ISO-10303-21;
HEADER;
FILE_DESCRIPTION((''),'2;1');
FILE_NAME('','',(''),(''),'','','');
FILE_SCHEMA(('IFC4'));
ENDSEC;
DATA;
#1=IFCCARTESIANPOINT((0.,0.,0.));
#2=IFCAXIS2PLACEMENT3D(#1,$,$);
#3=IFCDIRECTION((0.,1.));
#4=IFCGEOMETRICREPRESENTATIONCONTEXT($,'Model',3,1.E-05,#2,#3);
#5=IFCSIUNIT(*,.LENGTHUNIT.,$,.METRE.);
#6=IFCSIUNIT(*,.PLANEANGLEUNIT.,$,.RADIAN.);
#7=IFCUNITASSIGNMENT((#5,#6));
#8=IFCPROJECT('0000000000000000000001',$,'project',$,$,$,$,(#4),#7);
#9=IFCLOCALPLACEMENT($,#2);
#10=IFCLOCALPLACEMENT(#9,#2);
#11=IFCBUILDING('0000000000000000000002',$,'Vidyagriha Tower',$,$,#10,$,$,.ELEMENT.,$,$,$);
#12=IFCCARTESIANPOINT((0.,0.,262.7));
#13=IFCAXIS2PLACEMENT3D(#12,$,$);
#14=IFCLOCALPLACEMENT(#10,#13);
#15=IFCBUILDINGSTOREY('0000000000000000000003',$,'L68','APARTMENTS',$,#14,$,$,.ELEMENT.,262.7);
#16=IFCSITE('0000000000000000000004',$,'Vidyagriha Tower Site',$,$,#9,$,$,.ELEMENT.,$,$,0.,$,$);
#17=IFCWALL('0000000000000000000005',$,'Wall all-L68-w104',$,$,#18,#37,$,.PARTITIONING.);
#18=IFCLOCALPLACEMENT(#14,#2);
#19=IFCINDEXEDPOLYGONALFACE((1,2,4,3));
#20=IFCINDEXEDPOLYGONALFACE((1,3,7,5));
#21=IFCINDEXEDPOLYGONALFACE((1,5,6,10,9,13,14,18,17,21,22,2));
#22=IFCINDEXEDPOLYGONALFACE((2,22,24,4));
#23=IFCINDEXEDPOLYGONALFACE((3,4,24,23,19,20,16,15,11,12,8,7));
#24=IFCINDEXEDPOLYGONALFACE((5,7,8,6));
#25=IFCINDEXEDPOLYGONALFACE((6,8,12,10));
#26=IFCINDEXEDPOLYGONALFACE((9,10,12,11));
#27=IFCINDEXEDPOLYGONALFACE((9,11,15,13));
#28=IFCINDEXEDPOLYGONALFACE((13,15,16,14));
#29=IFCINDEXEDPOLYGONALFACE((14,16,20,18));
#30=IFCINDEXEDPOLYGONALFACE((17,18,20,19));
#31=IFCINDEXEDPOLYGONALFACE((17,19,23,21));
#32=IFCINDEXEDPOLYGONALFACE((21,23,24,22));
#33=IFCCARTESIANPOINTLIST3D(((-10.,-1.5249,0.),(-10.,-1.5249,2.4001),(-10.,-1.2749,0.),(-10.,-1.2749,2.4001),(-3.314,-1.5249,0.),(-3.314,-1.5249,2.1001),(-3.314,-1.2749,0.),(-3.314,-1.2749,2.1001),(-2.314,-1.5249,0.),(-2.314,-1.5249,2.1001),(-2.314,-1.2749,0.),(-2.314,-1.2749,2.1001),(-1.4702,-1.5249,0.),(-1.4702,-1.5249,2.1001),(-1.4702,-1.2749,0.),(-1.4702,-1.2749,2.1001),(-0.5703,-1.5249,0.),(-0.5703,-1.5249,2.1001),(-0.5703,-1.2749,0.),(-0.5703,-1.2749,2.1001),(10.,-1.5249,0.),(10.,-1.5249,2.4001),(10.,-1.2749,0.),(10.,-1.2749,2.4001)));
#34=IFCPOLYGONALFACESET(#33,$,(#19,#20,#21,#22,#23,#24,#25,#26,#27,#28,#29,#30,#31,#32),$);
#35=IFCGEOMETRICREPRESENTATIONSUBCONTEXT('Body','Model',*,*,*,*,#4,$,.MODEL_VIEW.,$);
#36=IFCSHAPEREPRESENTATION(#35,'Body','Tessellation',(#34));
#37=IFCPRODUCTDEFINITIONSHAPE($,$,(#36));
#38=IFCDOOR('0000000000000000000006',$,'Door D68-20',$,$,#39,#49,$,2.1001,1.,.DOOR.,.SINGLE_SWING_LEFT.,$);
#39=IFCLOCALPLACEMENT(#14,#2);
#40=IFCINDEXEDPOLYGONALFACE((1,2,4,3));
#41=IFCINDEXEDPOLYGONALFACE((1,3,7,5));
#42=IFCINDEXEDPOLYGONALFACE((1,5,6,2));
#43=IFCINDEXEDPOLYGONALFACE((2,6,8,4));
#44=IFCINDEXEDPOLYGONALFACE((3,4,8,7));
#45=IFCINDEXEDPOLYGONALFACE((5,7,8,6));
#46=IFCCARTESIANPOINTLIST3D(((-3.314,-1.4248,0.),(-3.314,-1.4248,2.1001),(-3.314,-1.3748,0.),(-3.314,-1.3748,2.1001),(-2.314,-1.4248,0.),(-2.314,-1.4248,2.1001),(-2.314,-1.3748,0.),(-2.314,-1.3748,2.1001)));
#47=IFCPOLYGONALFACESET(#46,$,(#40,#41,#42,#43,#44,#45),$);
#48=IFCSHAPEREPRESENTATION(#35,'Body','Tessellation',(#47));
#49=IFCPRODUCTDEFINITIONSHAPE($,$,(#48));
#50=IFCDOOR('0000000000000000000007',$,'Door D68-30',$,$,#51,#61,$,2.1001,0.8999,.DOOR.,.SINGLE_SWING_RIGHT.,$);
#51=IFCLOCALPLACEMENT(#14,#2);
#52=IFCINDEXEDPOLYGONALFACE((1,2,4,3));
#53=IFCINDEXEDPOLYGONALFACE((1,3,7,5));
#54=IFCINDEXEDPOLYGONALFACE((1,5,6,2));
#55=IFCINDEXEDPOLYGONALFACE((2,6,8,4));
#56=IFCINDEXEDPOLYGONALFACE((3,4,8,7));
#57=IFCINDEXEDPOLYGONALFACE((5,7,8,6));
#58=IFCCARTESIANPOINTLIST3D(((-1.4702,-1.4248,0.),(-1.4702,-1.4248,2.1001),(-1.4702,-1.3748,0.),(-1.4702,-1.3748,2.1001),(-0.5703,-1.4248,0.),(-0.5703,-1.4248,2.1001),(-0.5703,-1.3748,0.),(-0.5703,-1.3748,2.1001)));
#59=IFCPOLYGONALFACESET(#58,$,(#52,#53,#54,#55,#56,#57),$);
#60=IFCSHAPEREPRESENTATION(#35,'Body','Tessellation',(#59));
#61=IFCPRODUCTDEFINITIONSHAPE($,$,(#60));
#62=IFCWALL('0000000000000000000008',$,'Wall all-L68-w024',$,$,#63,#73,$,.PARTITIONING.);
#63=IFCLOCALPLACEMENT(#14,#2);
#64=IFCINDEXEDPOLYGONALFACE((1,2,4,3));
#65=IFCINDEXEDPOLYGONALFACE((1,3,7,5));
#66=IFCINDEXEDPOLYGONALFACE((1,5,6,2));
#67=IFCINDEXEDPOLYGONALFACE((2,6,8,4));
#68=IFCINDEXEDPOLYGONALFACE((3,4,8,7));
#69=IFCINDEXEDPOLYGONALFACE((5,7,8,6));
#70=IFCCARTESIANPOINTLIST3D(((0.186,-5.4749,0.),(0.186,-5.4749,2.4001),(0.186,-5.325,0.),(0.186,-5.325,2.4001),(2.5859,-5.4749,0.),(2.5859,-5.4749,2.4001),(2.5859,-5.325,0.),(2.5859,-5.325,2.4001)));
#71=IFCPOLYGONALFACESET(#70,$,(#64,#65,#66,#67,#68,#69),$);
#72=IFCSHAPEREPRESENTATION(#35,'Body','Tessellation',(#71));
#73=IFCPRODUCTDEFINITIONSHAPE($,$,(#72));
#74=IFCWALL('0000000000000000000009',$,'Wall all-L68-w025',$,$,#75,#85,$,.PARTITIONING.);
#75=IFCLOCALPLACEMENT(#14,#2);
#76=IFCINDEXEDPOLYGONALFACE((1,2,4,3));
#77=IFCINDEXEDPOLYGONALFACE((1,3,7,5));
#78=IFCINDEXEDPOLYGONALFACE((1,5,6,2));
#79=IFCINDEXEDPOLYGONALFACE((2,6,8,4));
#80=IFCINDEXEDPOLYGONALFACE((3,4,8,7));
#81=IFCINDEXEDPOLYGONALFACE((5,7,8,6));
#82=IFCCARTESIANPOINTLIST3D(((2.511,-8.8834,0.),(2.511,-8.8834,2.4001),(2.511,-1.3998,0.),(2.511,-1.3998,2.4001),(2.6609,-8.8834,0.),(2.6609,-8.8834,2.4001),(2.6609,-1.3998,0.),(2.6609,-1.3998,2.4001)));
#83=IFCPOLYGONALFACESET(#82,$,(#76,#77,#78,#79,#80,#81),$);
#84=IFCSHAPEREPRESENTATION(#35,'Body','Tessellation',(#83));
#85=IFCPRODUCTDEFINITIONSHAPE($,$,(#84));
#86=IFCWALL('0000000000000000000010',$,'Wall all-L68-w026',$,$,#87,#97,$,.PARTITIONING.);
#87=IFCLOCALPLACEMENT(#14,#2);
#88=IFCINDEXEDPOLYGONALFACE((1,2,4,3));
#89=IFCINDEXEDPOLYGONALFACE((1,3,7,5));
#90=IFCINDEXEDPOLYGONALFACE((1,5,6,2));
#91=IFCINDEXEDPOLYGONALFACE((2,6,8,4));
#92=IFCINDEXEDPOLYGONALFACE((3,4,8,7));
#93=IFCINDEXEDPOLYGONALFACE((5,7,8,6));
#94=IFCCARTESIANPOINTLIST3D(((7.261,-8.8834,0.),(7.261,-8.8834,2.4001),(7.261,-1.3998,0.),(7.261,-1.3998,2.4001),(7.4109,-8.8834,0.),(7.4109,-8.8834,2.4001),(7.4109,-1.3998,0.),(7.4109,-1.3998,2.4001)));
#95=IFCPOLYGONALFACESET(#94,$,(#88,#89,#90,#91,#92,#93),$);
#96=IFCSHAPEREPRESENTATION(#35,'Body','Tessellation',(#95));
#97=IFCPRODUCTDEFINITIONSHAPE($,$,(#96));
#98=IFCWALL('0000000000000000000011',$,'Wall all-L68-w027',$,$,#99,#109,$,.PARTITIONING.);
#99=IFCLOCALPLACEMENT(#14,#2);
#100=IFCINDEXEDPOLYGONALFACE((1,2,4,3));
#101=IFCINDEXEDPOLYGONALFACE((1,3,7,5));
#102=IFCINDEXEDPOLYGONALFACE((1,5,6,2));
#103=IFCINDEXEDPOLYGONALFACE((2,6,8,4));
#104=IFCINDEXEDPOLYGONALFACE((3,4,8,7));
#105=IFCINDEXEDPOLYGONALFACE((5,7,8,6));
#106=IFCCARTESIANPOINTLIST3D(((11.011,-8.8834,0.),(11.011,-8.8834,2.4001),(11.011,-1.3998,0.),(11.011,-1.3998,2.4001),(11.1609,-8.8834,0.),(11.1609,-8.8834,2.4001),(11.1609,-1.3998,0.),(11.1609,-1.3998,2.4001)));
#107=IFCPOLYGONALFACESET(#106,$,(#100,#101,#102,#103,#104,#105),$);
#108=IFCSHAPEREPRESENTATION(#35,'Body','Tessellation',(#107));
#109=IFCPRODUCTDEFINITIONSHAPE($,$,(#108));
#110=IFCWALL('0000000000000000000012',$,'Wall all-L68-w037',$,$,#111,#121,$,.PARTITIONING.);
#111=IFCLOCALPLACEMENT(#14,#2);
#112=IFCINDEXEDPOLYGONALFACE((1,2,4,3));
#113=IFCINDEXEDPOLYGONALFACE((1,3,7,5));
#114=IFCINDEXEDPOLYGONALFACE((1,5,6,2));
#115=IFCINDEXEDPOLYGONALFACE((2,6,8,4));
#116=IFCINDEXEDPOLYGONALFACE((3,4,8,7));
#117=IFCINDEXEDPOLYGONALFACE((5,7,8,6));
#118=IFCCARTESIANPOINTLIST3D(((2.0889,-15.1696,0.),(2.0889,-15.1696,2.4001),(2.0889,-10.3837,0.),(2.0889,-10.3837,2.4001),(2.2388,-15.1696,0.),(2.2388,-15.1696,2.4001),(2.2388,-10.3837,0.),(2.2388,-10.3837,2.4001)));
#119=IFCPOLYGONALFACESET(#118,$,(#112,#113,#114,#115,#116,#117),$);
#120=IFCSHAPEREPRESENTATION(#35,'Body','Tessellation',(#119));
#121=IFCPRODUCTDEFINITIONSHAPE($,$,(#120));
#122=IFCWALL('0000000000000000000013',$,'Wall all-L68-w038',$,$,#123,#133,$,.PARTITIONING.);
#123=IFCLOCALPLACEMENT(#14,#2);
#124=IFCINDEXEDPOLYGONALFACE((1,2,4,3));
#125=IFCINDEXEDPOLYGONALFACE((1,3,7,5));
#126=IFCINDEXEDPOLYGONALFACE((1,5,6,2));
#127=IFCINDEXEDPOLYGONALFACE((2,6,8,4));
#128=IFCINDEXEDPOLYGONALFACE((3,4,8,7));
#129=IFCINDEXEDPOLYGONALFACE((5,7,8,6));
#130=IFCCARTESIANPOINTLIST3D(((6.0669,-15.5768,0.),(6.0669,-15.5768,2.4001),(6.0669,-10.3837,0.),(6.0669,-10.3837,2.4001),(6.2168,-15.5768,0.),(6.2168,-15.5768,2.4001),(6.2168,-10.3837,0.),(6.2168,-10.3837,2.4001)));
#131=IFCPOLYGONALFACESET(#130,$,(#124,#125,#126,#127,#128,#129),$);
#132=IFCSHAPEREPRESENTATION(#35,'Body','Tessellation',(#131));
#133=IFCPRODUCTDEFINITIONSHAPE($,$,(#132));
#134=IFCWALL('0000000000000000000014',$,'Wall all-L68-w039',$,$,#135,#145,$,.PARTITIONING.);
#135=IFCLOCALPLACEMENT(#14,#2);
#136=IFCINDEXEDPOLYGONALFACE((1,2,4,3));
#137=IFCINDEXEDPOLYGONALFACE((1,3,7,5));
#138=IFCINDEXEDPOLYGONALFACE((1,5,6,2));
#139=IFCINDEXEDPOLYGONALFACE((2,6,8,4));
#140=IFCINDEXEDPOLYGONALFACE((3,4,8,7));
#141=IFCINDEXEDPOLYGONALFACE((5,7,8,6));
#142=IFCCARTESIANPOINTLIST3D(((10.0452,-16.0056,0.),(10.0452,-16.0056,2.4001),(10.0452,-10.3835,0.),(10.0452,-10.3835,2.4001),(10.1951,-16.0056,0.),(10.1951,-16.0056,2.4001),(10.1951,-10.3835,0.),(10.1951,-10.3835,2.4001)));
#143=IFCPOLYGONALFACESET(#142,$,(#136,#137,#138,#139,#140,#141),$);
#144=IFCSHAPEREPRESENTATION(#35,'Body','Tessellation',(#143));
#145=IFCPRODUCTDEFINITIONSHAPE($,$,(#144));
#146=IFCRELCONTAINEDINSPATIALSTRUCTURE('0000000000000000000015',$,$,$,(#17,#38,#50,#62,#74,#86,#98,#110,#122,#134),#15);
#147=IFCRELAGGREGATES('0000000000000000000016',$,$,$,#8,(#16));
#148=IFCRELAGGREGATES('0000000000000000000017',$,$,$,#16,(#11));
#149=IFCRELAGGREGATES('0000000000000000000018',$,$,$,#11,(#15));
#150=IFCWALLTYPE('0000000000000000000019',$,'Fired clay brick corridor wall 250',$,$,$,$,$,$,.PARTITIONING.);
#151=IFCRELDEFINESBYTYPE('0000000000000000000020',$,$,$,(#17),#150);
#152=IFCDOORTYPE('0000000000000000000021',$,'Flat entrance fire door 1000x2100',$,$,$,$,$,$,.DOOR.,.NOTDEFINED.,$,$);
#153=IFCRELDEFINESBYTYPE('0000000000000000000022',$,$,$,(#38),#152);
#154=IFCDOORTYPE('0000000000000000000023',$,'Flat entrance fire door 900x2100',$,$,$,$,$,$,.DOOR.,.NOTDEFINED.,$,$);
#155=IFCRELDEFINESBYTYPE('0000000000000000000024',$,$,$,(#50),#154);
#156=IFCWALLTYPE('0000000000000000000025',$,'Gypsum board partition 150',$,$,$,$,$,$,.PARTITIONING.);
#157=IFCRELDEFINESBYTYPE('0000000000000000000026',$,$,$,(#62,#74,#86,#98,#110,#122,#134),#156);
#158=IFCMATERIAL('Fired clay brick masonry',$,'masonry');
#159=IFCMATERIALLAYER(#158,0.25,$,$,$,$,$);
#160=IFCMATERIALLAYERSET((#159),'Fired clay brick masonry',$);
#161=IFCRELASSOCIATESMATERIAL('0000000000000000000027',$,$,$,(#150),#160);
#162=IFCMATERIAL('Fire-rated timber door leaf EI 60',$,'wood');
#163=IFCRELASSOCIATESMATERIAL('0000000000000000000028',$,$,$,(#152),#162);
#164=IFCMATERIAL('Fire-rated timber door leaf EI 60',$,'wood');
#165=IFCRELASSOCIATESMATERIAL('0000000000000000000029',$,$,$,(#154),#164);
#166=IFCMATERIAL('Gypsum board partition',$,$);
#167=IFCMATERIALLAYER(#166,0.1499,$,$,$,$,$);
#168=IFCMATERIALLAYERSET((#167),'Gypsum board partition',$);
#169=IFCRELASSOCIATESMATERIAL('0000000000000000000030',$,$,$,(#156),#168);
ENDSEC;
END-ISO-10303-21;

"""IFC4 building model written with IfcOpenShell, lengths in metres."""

from ifc_helpers import new_model, si_unit, direction, frame, frame_2d, origin, place, context, subcontext, project, spatial, rectangle, extrude, material, layer, layer_set, type_object, element, fill, save


model = new_model("IFC4")

# Units and contexts
model_context = context("Model", 3, precision=1e-05, world=origin(), true_north=direction((0.0, 1.0)))
body_context = subcontext(model_context, "Body", "Model", "MODEL_VIEW")
ifc_project = project(units=[si_unit("LENGTHUNIT", "METRE"), si_unit("PLANEANGLEUNIT", "RADIAN")], contexts=[model_context])

# Site, building, storey
site_placement = place(None, origin())
site = spatial("IfcSite", under=ifc_project, at=site_placement, Name="Vidyagriha Tower Site", CompositionType="ELEMENT", RefElevation=0.0)
building_placement = place(site_placement, origin())
building = spatial("IfcBuilding", under=site, at=building_placement, Name="Vidyagriha Tower", CompositionType="ELEMENT")
storey_placement = place(building_placement, frame((0.0, 0.0, 262.7)))
storey = spatial("IfcBuildingStorey", under=building, at=storey_placement, Name="L68", Description="APARTMENTS", CompositionType="ELEMENT", Elevation=262.7)

# Wall, openings, doors
ifc_material_1 = material(Name="Fired clay brick masonry", Category="masonry")
ifc_layer_1 = layer(ifc_material_1, 0.25)
ifc_layer_set_1 = layer_set([ifc_layer_1], Name="Fired clay brick masonry")
wall_type_1 = type_object("IfcWallType", Name="Fired clay brick corridor wall 250", PredefinedType="PARTITIONING", material=ifc_layer_set_1)
wall_1_placement = place(storey_placement, frame((10.0, -1.3999, 0.0), z_axis=(0.0, 0.0, 1.0), x_axis=(-1.0, 0.0, 0.0)))
wall_1 = element("IfcWall", 1, at=wall_1_placement, inside=storey, type_object=wall_type_1, Name="Wall all-L68-w104", PredefinedType="PARTITIONING", context=body_context, shape_type="SweptSolid", body=[
    extrude(rectangle(XDim=20.0, YDim=0.25, at=frame_2d((10.0, 0.0))), origin(), (0.0, 0.0, 1.0), 2.4001),
])
opening_1_placement = place(wall_1_placement, frame((12.314, 0.0, 0.0)))
opening_1 = element("IfcOpeningElement", 2, at=opening_1_placement, cuts=wall_1, PredefinedType="OPENING", context=body_context, shape_type="SweptSolid", body=[
    extrude(rectangle(XDim=1.0, YDim=2.1001, at=frame_2d((0.5, 1.05))), frame((0.0, 0.135, 0.0), z_axis=(0.0, -1.0, 0.0), x_axis=(1.0, 0.0, 0.0)), (0.0, 0.0, 1.0), 0.27),
])
opening_2_placement = place(wall_1_placement, frame((10.5703, 0.0, 0.0)))
opening_2 = element("IfcOpeningElement", 3, at=opening_2_placement, cuts=wall_1, PredefinedType="OPENING", context=body_context, shape_type="SweptSolid", body=[
    extrude(rectangle(XDim=0.8999, YDim=2.1001, at=frame_2d((0.45, 1.05))), frame((0.0, 0.135, 0.0), z_axis=(0.0, -1.0, 0.0), x_axis=(1.0, 0.0, 0.0)), (0.0, 0.0, 1.0), 0.27),
])
ifc_material_2 = material(Name="Fire-rated timber door leaf EI 60", Category="wood")
door_type_1 = type_object("IfcDoorType", Name="Flat entrance fire door 1000x2100", OperationType="NOTDEFINED", PredefinedType="DOOR", material=ifc_material_2)
door_1_placement = place(opening_1_placement, origin())
door_1 = element("IfcDoor", 4, at=door_1_placement, inside=storey, type_object=door_type_1, Name="Door D68-20", OperationType="SINGLE_SWING_LEFT", OverallHeight=2.1001, OverallWidth=1.0, PredefinedType="DOOR", context=body_context, shape_type="SweptSolid", body=[
    extrude(rectangle(XDim=1.0, YDim=2.1001, at=frame_2d((0.5, 1.05))), frame((0.0, 0.0249, 0.0), z_axis=(0.0, -1.0, 0.0), x_axis=(1.0, 0.0, 0.0)), (0.0, 0.0, 1.0), 0.05),
])
fill(opening_1, door_1)
ifc_material_3 = material(Name="Fire-rated timber door leaf EI 60", Category="wood")
door_type_2 = type_object("IfcDoorType", Name="Flat entrance fire door 900x2100", OperationType="NOTDEFINED", PredefinedType="DOOR", material=ifc_material_3)
door_2_placement = place(opening_2_placement, origin())
door_2 = element("IfcDoor", 5, at=door_2_placement, inside=storey, type_object=door_type_2, Name="Door D68-30", OperationType="SINGLE_SWING_RIGHT", OverallHeight=2.1001, OverallWidth=0.8999, PredefinedType="DOOR", context=body_context, shape_type="SweptSolid", body=[
    extrude(rectangle(XDim=0.8999, YDim=2.1001, at=frame_2d((0.45, 1.05))), frame((0.0, 0.0249, 0.0), z_axis=(0.0, -1.0, 0.0), x_axis=(1.0, 0.0, 0.0)), (0.0, 0.0, 1.0), 0.05),
])
fill(opening_2, door_2)

# Walls
ifc_material_4 = material(Name="Gypsum board partition")
ifc_layer_2 = layer(ifc_material_4, 0.1499)
ifc_layer_set_2 = layer_set([ifc_layer_2], Name="Gypsum board partition")
wall_type_2 = type_object("IfcWallType", Name="Gypsum board partition 150", PredefinedType="PARTITIONING", material=ifc_layer_set_2)
wall_2_placement = place(storey_placement, frame((2.5859, -5.3999, 0.0), z_axis=(0.0, 0.0, 1.0), x_axis=(-1.0, 0.0, 0.0)))
element("IfcWall", 6, at=wall_2_placement, inside=storey, type_object=wall_type_2, Name="Wall all-L68-w024", PredefinedType="PARTITIONING", context=body_context, shape_type="SweptSolid", body=[
    extrude(rectangle(XDim=2.3999, YDim=0.1499, at=frame_2d((1.2, 0.0))), origin(), (0.0, 0.0, 1.0), 2.4001),
])
for number, where, z_axis, x_axis, name in (
    (7, (2.5859, -1.3999, 0.0), (0.0, 0.0, 1.0), (0.0, -1.0, 0.0), "Wall all-L68-w025"),
    (8, (7.3359, -1.3999, 0.0), (0.0, 0.0, 1.0), (0.0, -1.0, 0.0), "Wall all-L68-w026"),
    (9, (11.0859, -1.3999, 0.0), (0.0, 0.0, 1.0), (0.0, -1.0, 0.0), "Wall all-L68-w027"),
):
    element("IfcWall", number, at=place(storey_placement, frame(where, z_axis=z_axis, x_axis=x_axis)), inside=storey, type_object=wall_type_2, Name=name, PredefinedType="PARTITIONING", context=body_context, shape_type="SweptSolid", body=[
        extrude(rectangle(XDim=7.4836, YDim=0.1499, at=frame_2d((3.7417, 0.0))), origin(), (0.0, 0.0, 1.0), 2.4001),
    ])
wall_3_placement = place(storey_placement, frame((2.1638, -10.3835, 0.0), z_axis=(0.0, 0.0, 1.0), x_axis=(0.0, -1.0, 0.0)))
element("IfcWall", 10, at=wall_3_placement, inside=storey, type_object=wall_type_2, Name="Wall all-L68-w037", PredefinedType="PARTITIONING", context=body_context, shape_type="SweptSolid", body=[
    extrude(rectangle(XDim=4.7859, YDim=0.1499, at=frame_2d((2.3931, 0.0))), origin(), (0.0, 0.0, 1.0), 2.4001),
])
wall_4_placement = place(storey_placement, frame((6.1418, -10.3835, 0.0), z_axis=(0.0, 0.0, 1.0), x_axis=(0.0, -1.0, 0.0)))
element("IfcWall", 11, at=wall_4_placement, inside=storey, type_object=wall_type_2, Name="Wall all-L68-w038", PredefinedType="PARTITIONING", context=body_context, shape_type="SweptSolid", body=[
    extrude(rectangle(XDim=5.1931, YDim=0.1499, at=frame_2d((2.5967, 0.0))), origin(), (0.0, 0.0, 1.0), 2.4001),
])
wall_5_placement = place(storey_placement, frame((10.1201, -10.3835, 0.0), z_axis=(0.0, 0.0, 1.0), x_axis=(0.0, -1.0, 0.0)))
element("IfcWall", 12, at=wall_5_placement, inside=storey, type_object=wall_type_2, Name="Wall all-L68-w039", PredefinedType="PARTITIONING", context=body_context, shape_type="SweptSolid", body=[
    extrude(rectangle(XDim=5.6221, YDim=0.1499, at=frame_2d((2.811, 0.0))), origin(), (0.0, 0.0, 1.0), 2.4001),
])

save(model, "model.ifc")
